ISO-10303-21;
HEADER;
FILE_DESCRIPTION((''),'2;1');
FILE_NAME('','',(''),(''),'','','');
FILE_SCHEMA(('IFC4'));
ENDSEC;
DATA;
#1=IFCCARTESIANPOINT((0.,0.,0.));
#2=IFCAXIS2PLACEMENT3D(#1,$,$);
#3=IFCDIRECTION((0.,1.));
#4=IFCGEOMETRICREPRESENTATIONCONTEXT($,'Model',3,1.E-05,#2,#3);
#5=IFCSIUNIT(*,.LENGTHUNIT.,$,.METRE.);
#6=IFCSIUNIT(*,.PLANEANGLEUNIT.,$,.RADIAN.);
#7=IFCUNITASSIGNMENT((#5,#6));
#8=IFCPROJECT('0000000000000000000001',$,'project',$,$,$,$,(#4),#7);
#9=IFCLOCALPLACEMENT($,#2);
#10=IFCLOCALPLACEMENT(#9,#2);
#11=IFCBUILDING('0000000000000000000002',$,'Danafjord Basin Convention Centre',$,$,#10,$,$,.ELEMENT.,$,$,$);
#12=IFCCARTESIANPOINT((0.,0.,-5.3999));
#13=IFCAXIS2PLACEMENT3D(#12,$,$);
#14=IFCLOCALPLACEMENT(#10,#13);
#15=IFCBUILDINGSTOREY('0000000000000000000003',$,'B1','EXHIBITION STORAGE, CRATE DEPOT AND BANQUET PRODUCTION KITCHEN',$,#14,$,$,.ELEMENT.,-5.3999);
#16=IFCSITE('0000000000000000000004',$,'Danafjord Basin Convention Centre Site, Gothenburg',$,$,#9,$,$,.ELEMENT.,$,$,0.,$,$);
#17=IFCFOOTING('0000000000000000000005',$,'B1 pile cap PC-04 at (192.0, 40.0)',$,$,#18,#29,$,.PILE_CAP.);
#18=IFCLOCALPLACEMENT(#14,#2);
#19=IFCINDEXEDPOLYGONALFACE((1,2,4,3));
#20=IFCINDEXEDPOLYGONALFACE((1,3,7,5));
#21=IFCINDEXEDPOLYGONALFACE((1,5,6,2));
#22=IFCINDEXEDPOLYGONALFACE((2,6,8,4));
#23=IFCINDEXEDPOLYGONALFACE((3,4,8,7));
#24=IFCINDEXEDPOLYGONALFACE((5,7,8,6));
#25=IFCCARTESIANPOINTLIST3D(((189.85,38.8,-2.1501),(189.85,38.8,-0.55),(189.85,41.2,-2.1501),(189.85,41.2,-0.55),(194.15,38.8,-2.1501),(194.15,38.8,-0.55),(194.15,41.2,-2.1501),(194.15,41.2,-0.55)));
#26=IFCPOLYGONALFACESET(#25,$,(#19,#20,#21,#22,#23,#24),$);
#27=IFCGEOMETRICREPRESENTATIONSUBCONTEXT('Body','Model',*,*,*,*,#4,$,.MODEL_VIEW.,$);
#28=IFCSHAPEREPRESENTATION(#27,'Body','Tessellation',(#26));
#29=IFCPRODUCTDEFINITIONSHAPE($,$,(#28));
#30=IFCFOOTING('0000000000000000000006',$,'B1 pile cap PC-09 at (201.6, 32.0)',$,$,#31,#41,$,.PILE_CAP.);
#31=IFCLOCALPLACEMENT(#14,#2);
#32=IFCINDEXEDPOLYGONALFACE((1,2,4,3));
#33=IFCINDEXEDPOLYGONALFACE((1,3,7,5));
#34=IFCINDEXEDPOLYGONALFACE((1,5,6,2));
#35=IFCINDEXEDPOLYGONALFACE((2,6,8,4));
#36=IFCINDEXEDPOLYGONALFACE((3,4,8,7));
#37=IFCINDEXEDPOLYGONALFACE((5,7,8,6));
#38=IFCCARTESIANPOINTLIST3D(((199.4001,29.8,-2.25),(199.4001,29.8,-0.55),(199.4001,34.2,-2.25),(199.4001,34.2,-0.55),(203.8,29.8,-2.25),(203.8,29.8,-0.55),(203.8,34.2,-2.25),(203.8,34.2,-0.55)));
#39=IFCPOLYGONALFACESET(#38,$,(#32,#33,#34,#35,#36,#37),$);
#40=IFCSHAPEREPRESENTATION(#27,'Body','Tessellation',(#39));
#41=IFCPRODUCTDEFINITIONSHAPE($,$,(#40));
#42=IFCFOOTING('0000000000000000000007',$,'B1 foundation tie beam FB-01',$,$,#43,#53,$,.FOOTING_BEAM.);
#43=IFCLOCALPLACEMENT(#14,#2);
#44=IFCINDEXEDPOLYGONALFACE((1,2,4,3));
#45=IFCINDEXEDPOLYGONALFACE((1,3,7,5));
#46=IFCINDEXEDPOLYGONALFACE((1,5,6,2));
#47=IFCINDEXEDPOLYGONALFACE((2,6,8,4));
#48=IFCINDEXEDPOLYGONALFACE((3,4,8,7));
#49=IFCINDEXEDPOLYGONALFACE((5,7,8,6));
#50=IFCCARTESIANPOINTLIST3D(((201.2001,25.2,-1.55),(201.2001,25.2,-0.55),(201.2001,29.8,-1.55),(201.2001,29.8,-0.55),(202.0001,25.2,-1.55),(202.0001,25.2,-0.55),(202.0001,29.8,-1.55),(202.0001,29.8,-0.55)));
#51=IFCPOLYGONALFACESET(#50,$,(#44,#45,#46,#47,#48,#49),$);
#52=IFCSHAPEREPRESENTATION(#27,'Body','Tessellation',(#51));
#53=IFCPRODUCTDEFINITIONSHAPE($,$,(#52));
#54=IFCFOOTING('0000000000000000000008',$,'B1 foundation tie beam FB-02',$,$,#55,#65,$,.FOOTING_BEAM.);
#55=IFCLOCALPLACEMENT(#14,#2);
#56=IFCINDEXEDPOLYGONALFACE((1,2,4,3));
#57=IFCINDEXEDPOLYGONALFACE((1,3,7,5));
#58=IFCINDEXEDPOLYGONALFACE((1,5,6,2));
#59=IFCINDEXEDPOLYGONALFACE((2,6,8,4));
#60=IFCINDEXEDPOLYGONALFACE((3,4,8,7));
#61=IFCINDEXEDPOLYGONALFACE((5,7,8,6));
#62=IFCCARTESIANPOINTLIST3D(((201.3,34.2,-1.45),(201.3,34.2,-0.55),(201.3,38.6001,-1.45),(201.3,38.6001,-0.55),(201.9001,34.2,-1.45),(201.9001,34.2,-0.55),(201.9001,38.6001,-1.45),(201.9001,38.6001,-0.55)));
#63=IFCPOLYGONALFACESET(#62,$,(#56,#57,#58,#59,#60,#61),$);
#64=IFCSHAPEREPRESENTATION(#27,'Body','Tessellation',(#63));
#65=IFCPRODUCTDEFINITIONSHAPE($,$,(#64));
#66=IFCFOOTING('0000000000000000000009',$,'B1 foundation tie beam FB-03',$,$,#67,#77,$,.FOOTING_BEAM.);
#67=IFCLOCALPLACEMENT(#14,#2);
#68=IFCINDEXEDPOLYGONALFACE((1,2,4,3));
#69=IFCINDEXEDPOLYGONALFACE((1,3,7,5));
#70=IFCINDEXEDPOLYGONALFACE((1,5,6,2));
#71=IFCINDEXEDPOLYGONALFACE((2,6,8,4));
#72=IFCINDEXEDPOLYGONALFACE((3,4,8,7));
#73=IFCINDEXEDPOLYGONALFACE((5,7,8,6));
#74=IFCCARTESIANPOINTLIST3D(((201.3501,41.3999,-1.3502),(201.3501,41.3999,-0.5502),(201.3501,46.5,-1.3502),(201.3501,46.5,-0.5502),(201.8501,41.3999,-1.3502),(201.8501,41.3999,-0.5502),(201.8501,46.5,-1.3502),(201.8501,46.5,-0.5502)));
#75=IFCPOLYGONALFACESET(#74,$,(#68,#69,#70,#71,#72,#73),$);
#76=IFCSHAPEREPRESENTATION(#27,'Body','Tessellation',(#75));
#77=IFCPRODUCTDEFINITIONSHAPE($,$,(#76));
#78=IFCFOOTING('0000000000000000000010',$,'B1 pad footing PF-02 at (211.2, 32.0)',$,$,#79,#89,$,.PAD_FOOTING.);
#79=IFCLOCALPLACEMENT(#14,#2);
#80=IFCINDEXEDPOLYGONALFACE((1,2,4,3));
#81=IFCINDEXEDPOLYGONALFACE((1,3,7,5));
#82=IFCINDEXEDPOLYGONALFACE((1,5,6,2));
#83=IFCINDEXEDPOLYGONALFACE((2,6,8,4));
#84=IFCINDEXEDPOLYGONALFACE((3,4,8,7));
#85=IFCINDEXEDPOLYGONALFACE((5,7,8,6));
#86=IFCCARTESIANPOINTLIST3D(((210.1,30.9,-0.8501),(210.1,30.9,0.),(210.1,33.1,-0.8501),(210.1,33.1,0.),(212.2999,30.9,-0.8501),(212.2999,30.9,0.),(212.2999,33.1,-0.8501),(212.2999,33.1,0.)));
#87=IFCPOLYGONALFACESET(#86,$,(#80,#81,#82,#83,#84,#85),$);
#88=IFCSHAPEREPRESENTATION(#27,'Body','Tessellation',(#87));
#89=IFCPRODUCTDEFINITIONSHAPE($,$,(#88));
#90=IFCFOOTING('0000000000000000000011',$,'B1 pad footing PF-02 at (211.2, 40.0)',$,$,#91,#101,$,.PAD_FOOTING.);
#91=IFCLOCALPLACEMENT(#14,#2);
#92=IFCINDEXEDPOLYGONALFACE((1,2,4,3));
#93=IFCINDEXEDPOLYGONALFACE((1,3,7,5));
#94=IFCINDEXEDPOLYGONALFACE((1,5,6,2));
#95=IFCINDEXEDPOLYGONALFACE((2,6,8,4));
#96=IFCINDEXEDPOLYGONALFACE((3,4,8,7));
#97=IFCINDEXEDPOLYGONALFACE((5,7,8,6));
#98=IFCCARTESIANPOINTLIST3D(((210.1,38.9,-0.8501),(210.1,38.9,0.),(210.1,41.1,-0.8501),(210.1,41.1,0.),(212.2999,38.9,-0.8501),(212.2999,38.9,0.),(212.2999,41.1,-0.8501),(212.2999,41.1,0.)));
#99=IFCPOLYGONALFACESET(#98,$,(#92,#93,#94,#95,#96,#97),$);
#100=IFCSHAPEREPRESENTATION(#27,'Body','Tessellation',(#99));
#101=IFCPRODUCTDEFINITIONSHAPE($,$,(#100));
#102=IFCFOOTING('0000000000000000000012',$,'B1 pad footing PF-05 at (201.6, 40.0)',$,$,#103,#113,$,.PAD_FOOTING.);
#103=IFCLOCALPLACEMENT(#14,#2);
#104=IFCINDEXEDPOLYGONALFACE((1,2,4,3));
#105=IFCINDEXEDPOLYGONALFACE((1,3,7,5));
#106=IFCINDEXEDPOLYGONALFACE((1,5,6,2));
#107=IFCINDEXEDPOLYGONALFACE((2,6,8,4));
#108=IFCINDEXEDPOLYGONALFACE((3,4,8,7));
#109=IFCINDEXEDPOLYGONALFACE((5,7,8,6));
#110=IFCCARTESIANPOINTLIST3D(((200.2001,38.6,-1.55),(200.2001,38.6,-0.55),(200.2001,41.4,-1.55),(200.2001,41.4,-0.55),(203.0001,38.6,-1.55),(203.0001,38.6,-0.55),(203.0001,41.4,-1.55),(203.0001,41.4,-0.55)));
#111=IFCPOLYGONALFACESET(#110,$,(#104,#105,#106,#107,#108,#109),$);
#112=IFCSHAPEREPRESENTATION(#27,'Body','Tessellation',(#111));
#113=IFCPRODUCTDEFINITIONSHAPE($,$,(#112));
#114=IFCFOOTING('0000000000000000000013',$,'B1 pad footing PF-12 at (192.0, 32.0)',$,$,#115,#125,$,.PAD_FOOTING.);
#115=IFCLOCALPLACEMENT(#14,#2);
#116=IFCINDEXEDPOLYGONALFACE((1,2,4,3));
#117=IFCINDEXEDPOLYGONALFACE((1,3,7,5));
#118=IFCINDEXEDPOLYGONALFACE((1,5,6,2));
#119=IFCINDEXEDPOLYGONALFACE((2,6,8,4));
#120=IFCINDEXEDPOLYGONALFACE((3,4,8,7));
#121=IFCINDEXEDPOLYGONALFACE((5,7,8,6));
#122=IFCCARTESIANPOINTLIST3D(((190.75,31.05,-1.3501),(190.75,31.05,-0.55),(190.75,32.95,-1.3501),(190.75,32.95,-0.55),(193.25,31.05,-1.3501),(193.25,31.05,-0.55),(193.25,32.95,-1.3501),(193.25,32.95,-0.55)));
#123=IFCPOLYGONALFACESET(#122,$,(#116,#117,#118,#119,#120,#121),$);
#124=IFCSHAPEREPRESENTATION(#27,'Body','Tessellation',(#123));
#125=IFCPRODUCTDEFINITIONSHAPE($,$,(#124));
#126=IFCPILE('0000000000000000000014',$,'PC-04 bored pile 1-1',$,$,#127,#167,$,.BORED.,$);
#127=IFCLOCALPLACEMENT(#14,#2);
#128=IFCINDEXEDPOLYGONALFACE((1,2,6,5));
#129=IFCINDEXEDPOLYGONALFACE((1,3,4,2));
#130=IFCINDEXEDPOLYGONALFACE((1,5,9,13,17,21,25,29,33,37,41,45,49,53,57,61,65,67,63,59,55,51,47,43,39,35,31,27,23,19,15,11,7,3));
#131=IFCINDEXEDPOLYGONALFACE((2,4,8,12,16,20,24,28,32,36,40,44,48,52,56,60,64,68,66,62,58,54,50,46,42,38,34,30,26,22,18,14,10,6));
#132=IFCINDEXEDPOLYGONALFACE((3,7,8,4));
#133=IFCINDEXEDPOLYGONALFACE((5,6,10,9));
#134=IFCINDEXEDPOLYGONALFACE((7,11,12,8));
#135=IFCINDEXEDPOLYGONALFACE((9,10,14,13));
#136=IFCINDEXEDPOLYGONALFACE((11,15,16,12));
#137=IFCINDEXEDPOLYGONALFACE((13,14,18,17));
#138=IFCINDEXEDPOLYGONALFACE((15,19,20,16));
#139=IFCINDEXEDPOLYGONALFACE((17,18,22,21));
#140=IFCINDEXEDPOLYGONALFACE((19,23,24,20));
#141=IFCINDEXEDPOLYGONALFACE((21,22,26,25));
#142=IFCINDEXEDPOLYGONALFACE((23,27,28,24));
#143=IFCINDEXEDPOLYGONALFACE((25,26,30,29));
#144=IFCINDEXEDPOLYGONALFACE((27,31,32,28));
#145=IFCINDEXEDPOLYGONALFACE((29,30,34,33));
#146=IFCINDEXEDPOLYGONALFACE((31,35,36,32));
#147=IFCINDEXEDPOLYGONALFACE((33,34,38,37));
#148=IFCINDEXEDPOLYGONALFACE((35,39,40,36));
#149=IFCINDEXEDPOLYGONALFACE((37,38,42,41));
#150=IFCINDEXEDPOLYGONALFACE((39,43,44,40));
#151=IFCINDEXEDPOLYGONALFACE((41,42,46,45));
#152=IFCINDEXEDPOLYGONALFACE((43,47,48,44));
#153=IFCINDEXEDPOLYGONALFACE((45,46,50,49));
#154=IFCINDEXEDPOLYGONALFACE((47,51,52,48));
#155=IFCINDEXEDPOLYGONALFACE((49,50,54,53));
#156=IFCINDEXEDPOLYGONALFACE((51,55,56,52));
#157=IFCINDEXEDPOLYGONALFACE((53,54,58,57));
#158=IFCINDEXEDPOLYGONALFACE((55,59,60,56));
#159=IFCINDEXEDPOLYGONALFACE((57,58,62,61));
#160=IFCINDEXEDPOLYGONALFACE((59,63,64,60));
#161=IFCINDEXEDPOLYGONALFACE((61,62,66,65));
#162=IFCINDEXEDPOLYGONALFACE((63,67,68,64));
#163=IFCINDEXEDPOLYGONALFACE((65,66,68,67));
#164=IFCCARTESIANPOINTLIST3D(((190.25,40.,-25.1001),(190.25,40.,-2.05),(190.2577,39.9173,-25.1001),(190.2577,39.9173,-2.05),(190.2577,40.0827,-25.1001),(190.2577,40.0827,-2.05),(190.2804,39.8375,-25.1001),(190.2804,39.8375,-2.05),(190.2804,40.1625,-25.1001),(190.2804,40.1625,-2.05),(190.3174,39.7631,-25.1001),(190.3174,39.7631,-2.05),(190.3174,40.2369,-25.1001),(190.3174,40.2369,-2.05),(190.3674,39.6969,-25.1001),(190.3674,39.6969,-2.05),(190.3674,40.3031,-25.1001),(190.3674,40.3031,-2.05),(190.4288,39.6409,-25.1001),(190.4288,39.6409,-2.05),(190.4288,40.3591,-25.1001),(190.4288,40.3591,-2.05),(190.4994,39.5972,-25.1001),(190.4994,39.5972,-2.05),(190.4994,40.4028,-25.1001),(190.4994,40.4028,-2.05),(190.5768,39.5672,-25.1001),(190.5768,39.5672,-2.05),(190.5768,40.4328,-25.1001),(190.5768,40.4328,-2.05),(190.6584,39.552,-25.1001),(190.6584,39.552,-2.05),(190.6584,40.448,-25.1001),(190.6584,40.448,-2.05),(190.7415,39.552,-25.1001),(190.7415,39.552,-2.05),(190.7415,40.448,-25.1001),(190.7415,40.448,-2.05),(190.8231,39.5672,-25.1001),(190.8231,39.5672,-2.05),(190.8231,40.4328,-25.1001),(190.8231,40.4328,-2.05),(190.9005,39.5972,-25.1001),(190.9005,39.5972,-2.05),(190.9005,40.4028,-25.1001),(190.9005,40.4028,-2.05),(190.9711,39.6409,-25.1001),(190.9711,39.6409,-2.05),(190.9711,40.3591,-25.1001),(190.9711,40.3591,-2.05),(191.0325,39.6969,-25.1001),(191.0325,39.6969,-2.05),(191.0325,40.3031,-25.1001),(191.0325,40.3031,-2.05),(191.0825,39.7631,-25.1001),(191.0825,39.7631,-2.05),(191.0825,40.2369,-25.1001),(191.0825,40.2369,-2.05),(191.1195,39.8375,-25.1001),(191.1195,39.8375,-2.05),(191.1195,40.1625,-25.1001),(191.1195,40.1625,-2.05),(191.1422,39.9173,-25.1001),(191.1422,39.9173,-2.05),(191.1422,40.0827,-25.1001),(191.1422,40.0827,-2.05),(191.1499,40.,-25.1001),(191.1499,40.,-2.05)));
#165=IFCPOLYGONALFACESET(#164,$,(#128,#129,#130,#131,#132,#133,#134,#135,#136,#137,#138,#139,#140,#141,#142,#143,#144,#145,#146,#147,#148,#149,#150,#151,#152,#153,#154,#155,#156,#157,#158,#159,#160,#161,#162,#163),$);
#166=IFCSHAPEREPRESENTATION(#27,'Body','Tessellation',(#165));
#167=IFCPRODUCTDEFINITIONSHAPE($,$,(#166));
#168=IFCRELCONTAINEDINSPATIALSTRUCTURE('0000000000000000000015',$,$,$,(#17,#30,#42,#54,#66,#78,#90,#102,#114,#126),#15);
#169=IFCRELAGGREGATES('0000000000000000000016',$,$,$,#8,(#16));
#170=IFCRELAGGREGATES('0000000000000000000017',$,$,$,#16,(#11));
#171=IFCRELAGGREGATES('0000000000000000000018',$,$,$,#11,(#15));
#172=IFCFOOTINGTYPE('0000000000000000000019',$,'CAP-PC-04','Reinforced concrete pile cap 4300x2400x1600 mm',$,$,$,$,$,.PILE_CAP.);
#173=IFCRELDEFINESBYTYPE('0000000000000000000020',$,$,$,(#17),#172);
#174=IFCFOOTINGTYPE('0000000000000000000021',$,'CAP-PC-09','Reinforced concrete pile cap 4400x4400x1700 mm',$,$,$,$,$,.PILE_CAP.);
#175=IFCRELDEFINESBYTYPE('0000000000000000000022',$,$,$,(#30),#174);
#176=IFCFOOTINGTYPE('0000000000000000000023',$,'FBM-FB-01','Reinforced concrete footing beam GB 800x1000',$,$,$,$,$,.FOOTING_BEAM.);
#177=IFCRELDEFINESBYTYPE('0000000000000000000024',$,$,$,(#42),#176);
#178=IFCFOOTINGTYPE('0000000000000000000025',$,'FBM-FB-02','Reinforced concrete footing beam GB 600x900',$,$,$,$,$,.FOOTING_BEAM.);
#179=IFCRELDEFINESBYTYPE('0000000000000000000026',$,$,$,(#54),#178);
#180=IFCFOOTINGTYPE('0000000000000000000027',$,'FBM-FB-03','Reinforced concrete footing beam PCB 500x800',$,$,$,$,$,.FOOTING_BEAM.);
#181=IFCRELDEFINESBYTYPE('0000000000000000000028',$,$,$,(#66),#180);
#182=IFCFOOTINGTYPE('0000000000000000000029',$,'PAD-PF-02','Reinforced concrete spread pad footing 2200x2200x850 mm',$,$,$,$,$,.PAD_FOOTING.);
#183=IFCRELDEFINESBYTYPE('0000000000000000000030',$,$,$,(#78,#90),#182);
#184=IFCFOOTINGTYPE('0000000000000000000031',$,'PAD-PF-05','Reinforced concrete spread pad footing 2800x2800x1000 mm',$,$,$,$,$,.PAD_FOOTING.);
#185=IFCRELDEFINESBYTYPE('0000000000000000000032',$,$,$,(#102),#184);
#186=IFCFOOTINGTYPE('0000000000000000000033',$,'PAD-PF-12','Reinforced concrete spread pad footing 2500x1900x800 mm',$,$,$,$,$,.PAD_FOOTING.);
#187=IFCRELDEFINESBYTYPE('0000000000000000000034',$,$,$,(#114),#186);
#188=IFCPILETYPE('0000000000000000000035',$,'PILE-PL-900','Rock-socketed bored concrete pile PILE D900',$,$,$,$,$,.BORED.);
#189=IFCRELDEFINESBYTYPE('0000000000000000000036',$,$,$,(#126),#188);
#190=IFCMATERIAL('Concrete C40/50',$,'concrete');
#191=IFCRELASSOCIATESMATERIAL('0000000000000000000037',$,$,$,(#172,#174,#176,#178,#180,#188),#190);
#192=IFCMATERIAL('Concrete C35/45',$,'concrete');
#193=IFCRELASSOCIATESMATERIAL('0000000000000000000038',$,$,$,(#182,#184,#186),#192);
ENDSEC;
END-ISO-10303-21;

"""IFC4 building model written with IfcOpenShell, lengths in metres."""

from ifc_helpers import new_model, si_unit, direction, frame, origin, origin_2d, place, context, subcontext, project, spatial, rectangle, circle, extrude, material, material_profile, profile_set, type_object, element, save


model = new_model("IFC4")

# Units and contexts
model_context = context("Model", 3, precision=1e-05, world=origin(), true_north=direction((0.0, 1.0)))
body_context = subcontext(model_context, "Body", "Model", "MODEL_VIEW")
ifc_project = project(units=[si_unit("LENGTHUNIT", "METRE"), si_unit("PLANEANGLEUNIT", "RADIAN")], contexts=[model_context])

# Site, building, storey
site_placement = place(None, origin())
site = spatial("IfcSite", under=ifc_project, at=site_placement, Name="Danafjord Basin Convention Centre Site, Gothenburg", CompositionType="ELEMENT", RefElevation=0.0)
building_placement = place(site_placement, origin())
building = spatial("IfcBuilding", under=site, at=building_placement, Name="Danafjord Basin Convention Centre", CompositionType="ELEMENT")
storey_placement = place(building_placement, frame((0.0, 0.0, -5.3999)))
storey = spatial("IfcBuildingStorey", under=building, at=storey_placement, Name="B1", Description="EXHIBITION STORAGE, CRATE DEPOT AND BANQUET PRODUCTION KITCHEN", CompositionType="ELEMENT", Elevation=-5.3999)

# Footings
ifc_material_1 = material(Name="Concrete C40/50", Category="concrete")
footing_type_1 = type_object("IfcFootingType", Name="CAP-PC-04", Description="Reinforced concrete pile cap 4300x2400x1600 mm", PredefinedType="PILE_CAP", material=ifc_material_1)
footing_1_placement = place(storey_placement, frame((192.0, 40.0, -2.1501), z_axis=(0.0, 0.0, 1.0), x_axis=(1.0, 0.0, 0.0)))
element("IfcFooting", 1, at=footing_1_placement, inside=storey, type_object=footing_type_1, Name="B1 pile cap PC-04 at (192.0, 40.0)", PredefinedType="PILE_CAP", context=body_context, shape_type="SweptSolid", body=[
    extrude(rectangle(XDim=4.3, YDim=2.3999, at=origin_2d()), origin(), (0.0, 0.0, 1.0), 1.6001),
])
footing_type_2 = type_object("IfcFootingType", Name="CAP-PC-09", Description="Reinforced concrete pile cap 4400x4400x1700 mm", PredefinedType="PILE_CAP", material=ifc_material_1)
footing_2_placement = place(storey_placement, frame((201.6001, 32.0, -2.25), z_axis=(0.0, 0.0, 1.0), x_axis=(1.0, 0.0, 0.0)))
element("IfcFooting", 2, at=footing_2_placement, inside=storey, type_object=footing_type_2, Name="B1 pile cap PC-09 at (201.6, 32.0)", PredefinedType="PILE_CAP", context=body_context, shape_type="SweptSolid", body=[
    extrude(rectangle(XDim=4.3999, YDim=4.3999, at=origin_2d()), origin(), (0.0, 0.0, 1.0), 1.7),
])
ifc_material_profile_1 = material_profile(ifc_material_1, rectangle(XDim=0.8, YDim=1.0, at=origin_2d()), Name="GB 800x1000")
ifc_profile_set_1 = profile_set([ifc_material_profile_1], Name="Concrete C40/50")
footing_type_3 = type_object("IfcFootingType", Name="FBM-FB-01", Description="Reinforced concrete footing beam GB 800x1000", PredefinedType="FOOTING_BEAM", material=ifc_profile_set_1)
footing_3_placement = place(storey_placement, frame((201.6001, 25.2, -1.05), z_axis=(0.0, 1.0, 0.0), x_axis=(-1.0, 0.0, 0.0)))
element("IfcFooting", 3, at=footing_3_placement, inside=storey, type_object=footing_type_3, Name="B1 foundation tie beam FB-01", PredefinedType="FOOTING_BEAM", context=body_context, shape_type="SweptSolid", body=[
    extrude(rectangle(XDim=0.8, YDim=1.0, at=origin_2d()), origin(), (0.0, 0.0, 1.0), 4.6001),
])
ifc_material_profile_2 = material_profile(ifc_material_1, rectangle(XDim=0.6001, YDim=0.8999, at=origin_2d()), Name="GB 600x900")
ifc_profile_set_2 = profile_set([ifc_material_profile_2], Name="Concrete C40/50")
footing_type_4 = type_object("IfcFootingType", Name="FBM-FB-02", Description="Reinforced concrete footing beam GB 600x900", PredefinedType="FOOTING_BEAM", material=ifc_profile_set_2)
footing_4_placement = place(storey_placement, frame((201.6001, 34.2, -1.0), z_axis=(0.0, 1.0, 0.0), x_axis=(-1.0, 0.0, 0.0)))
element("IfcFooting", 4, at=footing_4_placement, inside=storey, type_object=footing_type_4, Name="B1 foundation tie beam FB-02", PredefinedType="FOOTING_BEAM", context=body_context, shape_type="SweptSolid", body=[
    extrude(rectangle(XDim=0.6001, YDim=0.8999, at=origin_2d()), origin(), (0.0, 0.0, 1.0), 4.4001),
])
ifc_material_profile_3 = material_profile(ifc_material_1, rectangle(XDim=0.5, YDim=0.8, at=origin_2d()), Name="PCB 500x800")
ifc_profile_set_3 = profile_set([ifc_material_profile_3], Name="Concrete C40/50")
footing_type_5 = type_object("IfcFootingType", Name="FBM-FB-03", Description="Reinforced concrete footing beam PCB 500x800", PredefinedType="FOOTING_BEAM", material=ifc_profile_set_3)
footing_5_placement = place(storey_placement, frame((201.6001, 41.3999, -0.9502), z_axis=(0.0, 1.0, 0.0), x_axis=(-1.0, 0.0, 0.0)))
element("IfcFooting", 5, at=footing_5_placement, inside=storey, type_object=footing_type_5, Name="B1 foundation tie beam FB-03", PredefinedType="FOOTING_BEAM", context=body_context, shape_type="SweptSolid", body=[
    extrude(rectangle(XDim=0.5, YDim=0.8, at=origin_2d()), origin(), (0.0, 0.0, 1.0), 5.1001),
])
ifc_material_2 = material(Name="Concrete C35/45", Category="concrete")
footing_type_6 = type_object("IfcFootingType", Name="PAD-PF-02", Description="Reinforced concrete spread pad footing 2200x2200x850 mm", PredefinedType="PAD_FOOTING", material=ifc_material_2)
for number, where, z_axis, x_axis, name in (
    (6, (211.2, 32.0, -0.8501), (0.0, 0.0, 1.0), (1.0, 0.0, 0.0), "B1 pad footing PF-02 at (211.2, 32.0)"),
    (7, (211.2, 40.0, -0.8501), (0.0, 0.0, 1.0), (1.0, 0.0, 0.0), "B1 pad footing PF-02 at (211.2, 40.0)"),
):
    element("IfcFooting", number, at=place(storey_placement, frame(where, z_axis=z_axis, x_axis=x_axis)), inside=storey, type_object=footing_type_6, Name=name, PredefinedType="PAD_FOOTING", context=body_context, shape_type="SweptSolid", body=[
        extrude(rectangle(XDim=2.2, YDim=2.2, at=origin_2d()), origin(), (0.0, 0.0, 1.0), 0.8501),
    ])
footing_type_7 = type_object("IfcFootingType", Name="PAD-PF-05", Description="Reinforced concrete spread pad footing 2800x2800x1000 mm", PredefinedType="PAD_FOOTING", material=ifc_material_2)
footing_6_placement = place(storey_placement, frame((201.6001, 40.0, -1.55), z_axis=(0.0, 0.0, 1.0), x_axis=(1.0, 0.0, 0.0)))
element("IfcFooting", 8, at=footing_6_placement, inside=storey, type_object=footing_type_7, Name="B1 pad footing PF-05 at (201.6, 40.0)", PredefinedType="PAD_FOOTING", context=body_context, shape_type="SweptSolid", body=[
    extrude(rectangle(XDim=2.8, YDim=2.8, at=origin_2d()), origin(), (0.0, 0.0, 1.0), 1.0),
])
footing_type_8 = type_object("IfcFootingType", Name="PAD-PF-12", Description="Reinforced concrete spread pad footing 2500x1900x800 mm", PredefinedType="PAD_FOOTING", material=ifc_material_2)
footing_7_placement = place(storey_placement, frame((192.0, 32.0, -1.3501), z_axis=(0.0, 0.0, 1.0), x_axis=(1.0, 0.0, 0.0)))
element("IfcFooting", 9, at=footing_7_placement, inside=storey, type_object=footing_type_8, Name="B1 pad footing PF-12 at (192.0, 32.0)", PredefinedType="PAD_FOOTING", context=body_context, shape_type="SweptSolid", body=[
    extrude(rectangle(XDim=2.5, YDim=1.8999, at=origin_2d()), origin(), (0.0, 0.0, 1.0), 0.8),
])

# Pile
ifc_material_profile_4 = material_profile(ifc_material_1, circle(Radius=0.45, at=origin_2d()), Name="PILE D900")
ifc_profile_set_4 = profile_set([ifc_material_profile_4], Name="Concrete C40/50")
pile_type = type_object("IfcPileType", Name="PILE-PL-900", Description="Rock-socketed bored concrete pile PILE D900", PredefinedType="BORED", material=ifc_profile_set_4)
for number, where, z_axis, x_axis, name in (
    (10, (190.7, 40.0, -2.05), (0.0, 0.0, -1.0), (1.0, 0.0, 0.0), "PC-04 bored pile 1-1"),
):
    element("IfcPile", number, at=place(storey_placement, frame(where, z_axis=z_axis, x_axis=x_axis)), inside=storey, type_object=pile_type, Name=name, PredefinedType="BORED", context=body_context, shape_type="SweptSolid", body=[
        extrude(circle(Radius=0.45, at=origin_2d()), origin(), (0.0, 0.0, 1.0), 23.05),
    ])

save(model, "model.ifc")
